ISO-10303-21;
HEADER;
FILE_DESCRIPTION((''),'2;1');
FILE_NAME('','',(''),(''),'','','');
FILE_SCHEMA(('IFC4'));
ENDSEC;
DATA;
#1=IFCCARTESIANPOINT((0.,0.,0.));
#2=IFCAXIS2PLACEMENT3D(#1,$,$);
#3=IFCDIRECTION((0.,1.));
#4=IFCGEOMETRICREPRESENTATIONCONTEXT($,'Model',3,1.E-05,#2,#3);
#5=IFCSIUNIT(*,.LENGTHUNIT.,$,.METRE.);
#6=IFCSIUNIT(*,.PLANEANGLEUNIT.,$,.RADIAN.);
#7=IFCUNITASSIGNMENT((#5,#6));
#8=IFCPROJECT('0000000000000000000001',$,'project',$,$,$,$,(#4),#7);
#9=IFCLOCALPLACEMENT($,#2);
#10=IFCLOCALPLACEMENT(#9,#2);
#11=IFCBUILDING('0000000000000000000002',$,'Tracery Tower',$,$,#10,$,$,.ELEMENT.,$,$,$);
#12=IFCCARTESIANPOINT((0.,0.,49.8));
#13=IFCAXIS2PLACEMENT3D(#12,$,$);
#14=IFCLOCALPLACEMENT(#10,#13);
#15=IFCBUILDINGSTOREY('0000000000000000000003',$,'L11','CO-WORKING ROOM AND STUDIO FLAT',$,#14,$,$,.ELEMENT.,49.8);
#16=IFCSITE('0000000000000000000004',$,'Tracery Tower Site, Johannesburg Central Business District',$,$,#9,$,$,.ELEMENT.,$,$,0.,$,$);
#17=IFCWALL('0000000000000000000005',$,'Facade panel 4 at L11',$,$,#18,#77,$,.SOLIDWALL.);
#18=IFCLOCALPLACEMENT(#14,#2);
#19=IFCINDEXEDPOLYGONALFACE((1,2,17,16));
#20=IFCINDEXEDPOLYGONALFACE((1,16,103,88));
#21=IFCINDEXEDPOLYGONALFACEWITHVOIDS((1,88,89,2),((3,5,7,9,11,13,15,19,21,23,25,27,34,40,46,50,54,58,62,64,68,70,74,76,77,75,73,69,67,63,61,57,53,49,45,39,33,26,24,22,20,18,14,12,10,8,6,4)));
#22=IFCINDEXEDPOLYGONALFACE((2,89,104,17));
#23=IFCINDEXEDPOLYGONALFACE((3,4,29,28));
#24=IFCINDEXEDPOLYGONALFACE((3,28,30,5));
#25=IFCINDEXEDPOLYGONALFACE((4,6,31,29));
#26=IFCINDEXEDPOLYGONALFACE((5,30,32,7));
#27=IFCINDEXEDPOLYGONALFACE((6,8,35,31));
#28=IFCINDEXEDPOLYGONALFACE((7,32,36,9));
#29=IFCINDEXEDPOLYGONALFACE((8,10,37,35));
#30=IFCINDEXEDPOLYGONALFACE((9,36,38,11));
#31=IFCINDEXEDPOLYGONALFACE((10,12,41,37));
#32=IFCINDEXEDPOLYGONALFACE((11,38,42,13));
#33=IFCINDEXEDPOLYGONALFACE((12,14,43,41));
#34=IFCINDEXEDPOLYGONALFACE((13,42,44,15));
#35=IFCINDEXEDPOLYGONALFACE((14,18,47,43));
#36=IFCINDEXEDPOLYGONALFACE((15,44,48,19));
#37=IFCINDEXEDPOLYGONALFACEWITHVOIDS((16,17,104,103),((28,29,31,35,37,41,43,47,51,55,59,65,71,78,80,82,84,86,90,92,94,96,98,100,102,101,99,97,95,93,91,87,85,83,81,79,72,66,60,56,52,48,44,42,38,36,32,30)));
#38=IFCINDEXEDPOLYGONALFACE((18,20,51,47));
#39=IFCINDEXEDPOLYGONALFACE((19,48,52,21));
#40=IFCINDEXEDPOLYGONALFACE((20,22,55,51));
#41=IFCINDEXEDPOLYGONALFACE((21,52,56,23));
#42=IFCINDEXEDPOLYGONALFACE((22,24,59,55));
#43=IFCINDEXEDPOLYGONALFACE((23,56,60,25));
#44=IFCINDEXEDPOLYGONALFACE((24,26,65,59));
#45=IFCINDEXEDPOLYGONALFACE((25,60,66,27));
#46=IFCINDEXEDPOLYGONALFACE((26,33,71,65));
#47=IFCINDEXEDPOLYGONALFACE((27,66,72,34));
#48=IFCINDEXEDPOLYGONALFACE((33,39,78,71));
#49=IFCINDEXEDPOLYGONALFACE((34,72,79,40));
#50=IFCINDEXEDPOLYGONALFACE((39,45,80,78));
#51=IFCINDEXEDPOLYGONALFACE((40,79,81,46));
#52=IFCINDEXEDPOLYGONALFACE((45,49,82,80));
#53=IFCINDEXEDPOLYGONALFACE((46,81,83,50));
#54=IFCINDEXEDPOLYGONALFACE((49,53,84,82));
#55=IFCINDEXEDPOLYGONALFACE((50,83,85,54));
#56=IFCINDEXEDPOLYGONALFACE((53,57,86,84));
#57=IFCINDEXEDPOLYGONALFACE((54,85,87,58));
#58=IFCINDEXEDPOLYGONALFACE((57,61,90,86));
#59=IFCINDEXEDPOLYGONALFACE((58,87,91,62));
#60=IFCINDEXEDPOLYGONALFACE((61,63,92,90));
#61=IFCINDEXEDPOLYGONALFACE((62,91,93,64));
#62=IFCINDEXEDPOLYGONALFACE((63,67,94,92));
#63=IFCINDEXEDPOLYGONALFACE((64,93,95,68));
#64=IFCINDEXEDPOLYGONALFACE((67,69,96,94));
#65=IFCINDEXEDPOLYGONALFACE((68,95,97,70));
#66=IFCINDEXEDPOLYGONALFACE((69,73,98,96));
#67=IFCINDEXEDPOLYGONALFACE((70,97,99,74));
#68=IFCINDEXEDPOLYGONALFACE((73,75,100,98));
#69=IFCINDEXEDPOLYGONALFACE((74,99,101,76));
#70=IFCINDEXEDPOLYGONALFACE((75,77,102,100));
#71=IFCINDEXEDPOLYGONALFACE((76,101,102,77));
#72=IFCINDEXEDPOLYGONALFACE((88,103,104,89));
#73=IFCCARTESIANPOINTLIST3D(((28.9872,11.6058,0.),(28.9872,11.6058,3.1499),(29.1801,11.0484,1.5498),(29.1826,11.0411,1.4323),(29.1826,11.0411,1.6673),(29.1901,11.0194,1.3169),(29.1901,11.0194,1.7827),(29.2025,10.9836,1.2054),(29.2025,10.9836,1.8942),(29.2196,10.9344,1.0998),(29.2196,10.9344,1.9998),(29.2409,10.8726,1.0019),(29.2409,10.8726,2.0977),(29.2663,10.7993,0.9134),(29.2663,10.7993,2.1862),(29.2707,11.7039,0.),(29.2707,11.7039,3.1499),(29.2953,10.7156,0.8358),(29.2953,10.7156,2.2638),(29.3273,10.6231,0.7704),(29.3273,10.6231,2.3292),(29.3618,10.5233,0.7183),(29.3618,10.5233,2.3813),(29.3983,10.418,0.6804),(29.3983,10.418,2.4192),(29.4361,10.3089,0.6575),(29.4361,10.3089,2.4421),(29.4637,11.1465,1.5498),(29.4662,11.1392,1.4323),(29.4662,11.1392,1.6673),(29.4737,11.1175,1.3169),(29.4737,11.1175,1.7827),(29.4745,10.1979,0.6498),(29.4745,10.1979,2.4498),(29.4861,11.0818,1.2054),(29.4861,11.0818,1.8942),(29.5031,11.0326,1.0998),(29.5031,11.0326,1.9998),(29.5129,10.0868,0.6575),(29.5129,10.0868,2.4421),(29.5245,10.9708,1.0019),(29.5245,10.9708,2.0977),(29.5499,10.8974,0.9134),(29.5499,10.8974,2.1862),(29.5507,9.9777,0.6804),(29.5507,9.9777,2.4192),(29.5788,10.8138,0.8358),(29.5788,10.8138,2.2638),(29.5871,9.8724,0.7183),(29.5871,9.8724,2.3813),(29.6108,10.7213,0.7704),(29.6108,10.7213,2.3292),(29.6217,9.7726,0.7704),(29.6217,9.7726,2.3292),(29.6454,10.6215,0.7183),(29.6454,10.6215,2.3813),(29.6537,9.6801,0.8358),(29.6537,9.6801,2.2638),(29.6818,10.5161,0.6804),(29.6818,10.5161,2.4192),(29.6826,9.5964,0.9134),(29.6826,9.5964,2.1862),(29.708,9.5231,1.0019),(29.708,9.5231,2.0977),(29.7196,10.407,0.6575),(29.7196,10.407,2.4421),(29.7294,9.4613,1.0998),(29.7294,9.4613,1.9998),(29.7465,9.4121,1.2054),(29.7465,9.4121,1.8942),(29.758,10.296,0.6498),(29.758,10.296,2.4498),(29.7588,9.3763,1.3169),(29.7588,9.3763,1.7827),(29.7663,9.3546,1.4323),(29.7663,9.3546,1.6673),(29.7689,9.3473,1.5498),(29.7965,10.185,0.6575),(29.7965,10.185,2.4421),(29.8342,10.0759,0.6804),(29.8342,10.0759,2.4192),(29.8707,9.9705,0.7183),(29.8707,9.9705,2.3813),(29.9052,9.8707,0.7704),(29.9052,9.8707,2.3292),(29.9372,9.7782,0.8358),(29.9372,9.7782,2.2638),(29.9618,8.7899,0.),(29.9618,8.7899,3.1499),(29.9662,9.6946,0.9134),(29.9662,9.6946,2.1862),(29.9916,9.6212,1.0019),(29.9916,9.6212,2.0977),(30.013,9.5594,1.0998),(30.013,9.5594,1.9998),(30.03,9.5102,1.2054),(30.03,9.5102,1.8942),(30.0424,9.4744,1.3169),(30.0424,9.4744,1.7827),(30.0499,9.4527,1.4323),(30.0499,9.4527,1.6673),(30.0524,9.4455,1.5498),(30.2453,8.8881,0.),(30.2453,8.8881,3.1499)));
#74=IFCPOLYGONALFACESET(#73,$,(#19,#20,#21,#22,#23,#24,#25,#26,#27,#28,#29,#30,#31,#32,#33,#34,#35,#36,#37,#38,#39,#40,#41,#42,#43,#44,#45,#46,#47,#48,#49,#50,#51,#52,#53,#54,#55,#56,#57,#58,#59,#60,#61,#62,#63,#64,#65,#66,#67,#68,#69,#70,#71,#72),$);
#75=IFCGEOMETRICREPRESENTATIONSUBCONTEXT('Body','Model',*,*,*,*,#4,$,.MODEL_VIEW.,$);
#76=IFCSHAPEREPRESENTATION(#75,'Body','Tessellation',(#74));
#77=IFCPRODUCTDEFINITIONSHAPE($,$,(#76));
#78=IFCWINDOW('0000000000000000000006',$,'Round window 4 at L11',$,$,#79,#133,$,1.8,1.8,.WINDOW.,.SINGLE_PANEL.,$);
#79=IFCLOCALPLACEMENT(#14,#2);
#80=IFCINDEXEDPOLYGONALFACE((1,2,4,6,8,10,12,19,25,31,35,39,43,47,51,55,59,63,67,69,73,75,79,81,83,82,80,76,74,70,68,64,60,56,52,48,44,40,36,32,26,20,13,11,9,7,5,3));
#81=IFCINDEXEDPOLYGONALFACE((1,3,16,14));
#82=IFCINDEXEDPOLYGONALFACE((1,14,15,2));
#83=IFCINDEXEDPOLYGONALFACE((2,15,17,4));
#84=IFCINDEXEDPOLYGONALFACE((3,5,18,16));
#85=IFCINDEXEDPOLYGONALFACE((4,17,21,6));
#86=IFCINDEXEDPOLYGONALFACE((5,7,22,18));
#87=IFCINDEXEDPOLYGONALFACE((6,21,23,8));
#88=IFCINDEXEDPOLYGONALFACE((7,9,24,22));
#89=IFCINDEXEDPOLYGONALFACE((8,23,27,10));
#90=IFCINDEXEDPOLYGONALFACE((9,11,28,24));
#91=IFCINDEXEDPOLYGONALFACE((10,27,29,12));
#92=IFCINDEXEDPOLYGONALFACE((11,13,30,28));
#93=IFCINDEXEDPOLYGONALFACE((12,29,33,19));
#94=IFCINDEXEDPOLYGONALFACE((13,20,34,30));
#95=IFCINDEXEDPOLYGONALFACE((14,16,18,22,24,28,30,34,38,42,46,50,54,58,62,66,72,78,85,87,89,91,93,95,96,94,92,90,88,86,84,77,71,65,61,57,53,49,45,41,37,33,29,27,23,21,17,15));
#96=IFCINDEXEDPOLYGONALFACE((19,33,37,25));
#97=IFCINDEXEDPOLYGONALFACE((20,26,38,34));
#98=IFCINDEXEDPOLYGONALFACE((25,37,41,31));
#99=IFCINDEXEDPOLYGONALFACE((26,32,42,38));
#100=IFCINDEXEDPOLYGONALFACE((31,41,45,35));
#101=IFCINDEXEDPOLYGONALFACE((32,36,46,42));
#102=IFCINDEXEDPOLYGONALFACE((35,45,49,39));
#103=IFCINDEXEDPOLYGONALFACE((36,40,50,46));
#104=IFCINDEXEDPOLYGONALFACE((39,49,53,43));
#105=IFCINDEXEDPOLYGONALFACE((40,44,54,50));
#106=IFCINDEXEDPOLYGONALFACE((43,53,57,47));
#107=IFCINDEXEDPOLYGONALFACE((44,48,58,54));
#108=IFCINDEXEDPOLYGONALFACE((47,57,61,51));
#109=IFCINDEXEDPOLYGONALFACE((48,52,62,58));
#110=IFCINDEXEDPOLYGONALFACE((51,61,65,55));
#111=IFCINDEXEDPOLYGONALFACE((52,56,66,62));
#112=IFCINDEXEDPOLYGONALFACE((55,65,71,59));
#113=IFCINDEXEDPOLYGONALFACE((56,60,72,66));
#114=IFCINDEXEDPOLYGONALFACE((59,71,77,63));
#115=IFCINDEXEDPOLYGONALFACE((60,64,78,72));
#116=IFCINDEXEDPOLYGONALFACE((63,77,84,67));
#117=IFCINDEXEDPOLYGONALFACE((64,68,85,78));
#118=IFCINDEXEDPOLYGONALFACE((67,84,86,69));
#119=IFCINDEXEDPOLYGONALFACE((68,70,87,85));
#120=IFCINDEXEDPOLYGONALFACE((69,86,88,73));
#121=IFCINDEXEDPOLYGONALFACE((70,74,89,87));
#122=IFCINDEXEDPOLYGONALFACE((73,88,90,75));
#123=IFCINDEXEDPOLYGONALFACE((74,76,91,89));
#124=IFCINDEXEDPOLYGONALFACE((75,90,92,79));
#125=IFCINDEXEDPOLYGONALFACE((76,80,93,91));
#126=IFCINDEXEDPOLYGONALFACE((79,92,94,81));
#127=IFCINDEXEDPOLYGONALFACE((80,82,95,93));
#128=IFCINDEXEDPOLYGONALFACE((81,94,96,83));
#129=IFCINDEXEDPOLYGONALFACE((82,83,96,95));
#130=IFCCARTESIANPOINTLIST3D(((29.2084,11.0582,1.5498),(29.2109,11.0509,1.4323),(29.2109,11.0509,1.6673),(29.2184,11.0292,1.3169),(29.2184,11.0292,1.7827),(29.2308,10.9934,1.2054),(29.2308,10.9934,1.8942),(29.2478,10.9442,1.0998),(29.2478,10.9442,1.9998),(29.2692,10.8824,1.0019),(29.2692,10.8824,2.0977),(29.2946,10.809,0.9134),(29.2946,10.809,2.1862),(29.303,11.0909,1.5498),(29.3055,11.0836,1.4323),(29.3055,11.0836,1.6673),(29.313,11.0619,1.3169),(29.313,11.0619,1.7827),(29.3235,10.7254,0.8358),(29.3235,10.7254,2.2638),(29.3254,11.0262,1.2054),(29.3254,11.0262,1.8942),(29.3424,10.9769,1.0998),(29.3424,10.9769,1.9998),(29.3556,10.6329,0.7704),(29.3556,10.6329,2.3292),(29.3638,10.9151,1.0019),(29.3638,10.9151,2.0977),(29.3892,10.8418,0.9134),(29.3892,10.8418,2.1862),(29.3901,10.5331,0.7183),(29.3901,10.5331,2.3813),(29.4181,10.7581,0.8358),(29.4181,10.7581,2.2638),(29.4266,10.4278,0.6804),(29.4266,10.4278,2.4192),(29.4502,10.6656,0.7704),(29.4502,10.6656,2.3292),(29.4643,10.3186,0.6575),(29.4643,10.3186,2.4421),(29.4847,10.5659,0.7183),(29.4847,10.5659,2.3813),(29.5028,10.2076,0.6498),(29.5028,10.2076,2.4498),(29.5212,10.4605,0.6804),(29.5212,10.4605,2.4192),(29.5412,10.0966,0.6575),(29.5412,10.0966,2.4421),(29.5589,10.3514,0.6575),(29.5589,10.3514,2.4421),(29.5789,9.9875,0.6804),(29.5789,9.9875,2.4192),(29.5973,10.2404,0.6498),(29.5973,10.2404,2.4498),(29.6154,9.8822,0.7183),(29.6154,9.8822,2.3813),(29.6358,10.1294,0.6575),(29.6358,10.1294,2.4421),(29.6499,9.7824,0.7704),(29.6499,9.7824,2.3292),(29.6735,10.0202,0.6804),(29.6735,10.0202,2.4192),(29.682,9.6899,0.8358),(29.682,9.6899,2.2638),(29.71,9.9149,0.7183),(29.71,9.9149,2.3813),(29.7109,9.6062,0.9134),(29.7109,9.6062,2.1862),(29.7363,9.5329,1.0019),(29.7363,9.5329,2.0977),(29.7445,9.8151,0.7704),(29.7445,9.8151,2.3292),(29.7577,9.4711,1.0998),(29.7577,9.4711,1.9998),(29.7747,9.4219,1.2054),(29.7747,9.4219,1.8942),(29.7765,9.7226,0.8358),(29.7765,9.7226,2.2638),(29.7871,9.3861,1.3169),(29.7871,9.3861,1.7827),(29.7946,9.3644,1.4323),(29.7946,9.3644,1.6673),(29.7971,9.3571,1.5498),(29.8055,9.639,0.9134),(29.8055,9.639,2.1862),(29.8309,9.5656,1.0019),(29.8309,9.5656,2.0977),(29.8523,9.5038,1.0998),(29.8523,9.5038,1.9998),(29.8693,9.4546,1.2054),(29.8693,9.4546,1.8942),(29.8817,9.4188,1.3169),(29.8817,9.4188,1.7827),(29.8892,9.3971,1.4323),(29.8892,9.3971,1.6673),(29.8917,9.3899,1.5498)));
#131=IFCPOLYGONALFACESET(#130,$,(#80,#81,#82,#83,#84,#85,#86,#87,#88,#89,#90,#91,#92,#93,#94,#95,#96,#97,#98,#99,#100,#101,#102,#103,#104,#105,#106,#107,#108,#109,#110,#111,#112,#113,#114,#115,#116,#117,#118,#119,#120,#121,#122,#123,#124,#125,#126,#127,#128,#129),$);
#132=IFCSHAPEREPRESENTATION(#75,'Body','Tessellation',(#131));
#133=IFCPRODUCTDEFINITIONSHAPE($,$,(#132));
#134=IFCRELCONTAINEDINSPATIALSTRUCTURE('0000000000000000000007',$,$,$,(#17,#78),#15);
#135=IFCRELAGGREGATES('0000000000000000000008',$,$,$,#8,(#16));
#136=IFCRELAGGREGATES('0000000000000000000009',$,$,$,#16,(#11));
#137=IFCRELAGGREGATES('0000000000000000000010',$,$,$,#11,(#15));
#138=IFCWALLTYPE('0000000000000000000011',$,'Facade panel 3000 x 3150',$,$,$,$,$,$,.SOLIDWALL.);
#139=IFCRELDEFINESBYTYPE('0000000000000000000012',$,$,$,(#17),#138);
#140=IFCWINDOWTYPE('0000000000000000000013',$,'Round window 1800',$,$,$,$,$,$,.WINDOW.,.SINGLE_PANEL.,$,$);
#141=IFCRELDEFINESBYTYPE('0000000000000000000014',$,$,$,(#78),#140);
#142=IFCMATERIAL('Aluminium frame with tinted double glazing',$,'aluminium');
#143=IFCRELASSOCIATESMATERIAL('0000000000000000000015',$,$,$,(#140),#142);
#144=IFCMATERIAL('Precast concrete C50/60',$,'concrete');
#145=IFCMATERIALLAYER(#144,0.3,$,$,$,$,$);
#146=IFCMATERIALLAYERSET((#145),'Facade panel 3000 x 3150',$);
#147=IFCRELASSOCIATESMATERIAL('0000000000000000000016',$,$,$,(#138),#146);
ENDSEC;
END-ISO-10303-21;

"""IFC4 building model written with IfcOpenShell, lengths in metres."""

from ifc_helpers import new_model, si_unit, direction, frame, frame_2d, origin, origin_2d, place, context, subcontext, project, spatial, rectangle, circle, extrude, material, layer, layer_set, type_object, element, fill, save


model = new_model("IFC4")

# Units and contexts
model_context = context("Model", 3, precision=1e-05, world=origin(), true_north=direction((0.0, 1.0)))
body_context = subcontext(model_context, "Body", "Model", "MODEL_VIEW")
ifc_project = project(units=[si_unit("LENGTHUNIT", "METRE"), si_unit("PLANEANGLEUNIT", "RADIAN")], contexts=[model_context])

# Site, building, storey
site_placement = place(None, origin())
site = spatial("IfcSite", under=ifc_project, at=site_placement, Name="Tracery Tower Site, Johannesburg Central Business District", CompositionType="ELEMENT", RefElevation=0.0)
building_placement = place(site_placement, origin())
building = spatial("IfcBuilding", under=site, at=building_placement, Name="Tracery Tower", CompositionType="ELEMENT")
storey_placement = place(building_placement, frame((0.0, 0.0, 49.8)))
storey = spatial("IfcBuildingStorey", under=building, at=storey_placement, Name="L11", Description="CO-WORKING ROOM AND STUDIO FLAT", CompositionType="ELEMENT", Elevation=49.8)

# Wall, opening, window
ifc_material_1 = material(Name="Aluminium frame with tinted double glazing", Category="aluminium")
window_type = type_object("IfcWindowType", Name="Round window 1800", PartitioningType="SINGLE_PANEL", PredefinedType="WINDOW", material=ifc_material_1)
ifc_material_2 = material(Name="Precast concrete C50/60", Category="concrete")
ifc_layer_1 = layer(ifc_material_2, 0.3)
ifc_layer_set_1 = layer_set([ifc_layer_1], Name="Facade panel 3000 x 3150")
wall_type_1 = type_object("IfcWallType", Name="Facade panel 3000 x 3150", PredefinedType="SOLIDWALL", material=ifc_layer_set_1)
wall_1_placement = place(storey_placement, frame((30.1035, 8.8391, 0.0), z_axis=(0.0, 0.0, 1.0), x_axis=(-0.327071, 0.945, 0.0)))
wall_1 = element("IfcWall", 1, at=wall_1_placement, inside=storey, type_object=wall_type_1, Name="Facade panel 4 at L11", PredefinedType="SOLIDWALL", context=body_context, shape_type="SweptSolid", body=[
    extrude(rectangle(XDim=2.9797, YDim=0.3, at=frame_2d((1.4897, 0.0))), origin(), (0.0, 0.0, 1.0), 3.1499),
])
opening_1_placement = place(wall_1_placement, frame((1.4897, 0.0, 1.5498)))
opening_1 = element("IfcOpeningElement", 2, at=opening_1_placement, cuts=wall_1, PredefinedType="OPENING", context=body_context, shape_type="SweptSolid", body=[
    extrude(circle(Radius=0.9, at=origin_2d()), frame((0.0, 0.1599, 0.0), z_axis=(0.0, -1.0, 0.0), x_axis=(1.0, 0.0, 0.0)), (0.0, 0.0, 1.0), 0.3201),
])
window_1_placement = place(opening_1_placement, origin())
window_1 = element("IfcWindow", 3, at=window_1_placement, inside=storey, type_object=window_type, Name="Round window 4 at L11", OverallHeight=1.8, OverallWidth=1.8, PartitioningType="SINGLE_PANEL", PredefinedType="WINDOW", context=body_context, shape_type="SweptSolid", body=[
    extrude(circle(Radius=0.9, at=origin_2d()), frame((0.0, 0.1201, 0.0), z_axis=(0.0, -1.0, 0.0), x_axis=(1.0, 0.0, 0.0)), (0.0, 0.0, 1.0), 0.1001),
])
fill(opening_1, window_1)

save(model, "model.ifc")
